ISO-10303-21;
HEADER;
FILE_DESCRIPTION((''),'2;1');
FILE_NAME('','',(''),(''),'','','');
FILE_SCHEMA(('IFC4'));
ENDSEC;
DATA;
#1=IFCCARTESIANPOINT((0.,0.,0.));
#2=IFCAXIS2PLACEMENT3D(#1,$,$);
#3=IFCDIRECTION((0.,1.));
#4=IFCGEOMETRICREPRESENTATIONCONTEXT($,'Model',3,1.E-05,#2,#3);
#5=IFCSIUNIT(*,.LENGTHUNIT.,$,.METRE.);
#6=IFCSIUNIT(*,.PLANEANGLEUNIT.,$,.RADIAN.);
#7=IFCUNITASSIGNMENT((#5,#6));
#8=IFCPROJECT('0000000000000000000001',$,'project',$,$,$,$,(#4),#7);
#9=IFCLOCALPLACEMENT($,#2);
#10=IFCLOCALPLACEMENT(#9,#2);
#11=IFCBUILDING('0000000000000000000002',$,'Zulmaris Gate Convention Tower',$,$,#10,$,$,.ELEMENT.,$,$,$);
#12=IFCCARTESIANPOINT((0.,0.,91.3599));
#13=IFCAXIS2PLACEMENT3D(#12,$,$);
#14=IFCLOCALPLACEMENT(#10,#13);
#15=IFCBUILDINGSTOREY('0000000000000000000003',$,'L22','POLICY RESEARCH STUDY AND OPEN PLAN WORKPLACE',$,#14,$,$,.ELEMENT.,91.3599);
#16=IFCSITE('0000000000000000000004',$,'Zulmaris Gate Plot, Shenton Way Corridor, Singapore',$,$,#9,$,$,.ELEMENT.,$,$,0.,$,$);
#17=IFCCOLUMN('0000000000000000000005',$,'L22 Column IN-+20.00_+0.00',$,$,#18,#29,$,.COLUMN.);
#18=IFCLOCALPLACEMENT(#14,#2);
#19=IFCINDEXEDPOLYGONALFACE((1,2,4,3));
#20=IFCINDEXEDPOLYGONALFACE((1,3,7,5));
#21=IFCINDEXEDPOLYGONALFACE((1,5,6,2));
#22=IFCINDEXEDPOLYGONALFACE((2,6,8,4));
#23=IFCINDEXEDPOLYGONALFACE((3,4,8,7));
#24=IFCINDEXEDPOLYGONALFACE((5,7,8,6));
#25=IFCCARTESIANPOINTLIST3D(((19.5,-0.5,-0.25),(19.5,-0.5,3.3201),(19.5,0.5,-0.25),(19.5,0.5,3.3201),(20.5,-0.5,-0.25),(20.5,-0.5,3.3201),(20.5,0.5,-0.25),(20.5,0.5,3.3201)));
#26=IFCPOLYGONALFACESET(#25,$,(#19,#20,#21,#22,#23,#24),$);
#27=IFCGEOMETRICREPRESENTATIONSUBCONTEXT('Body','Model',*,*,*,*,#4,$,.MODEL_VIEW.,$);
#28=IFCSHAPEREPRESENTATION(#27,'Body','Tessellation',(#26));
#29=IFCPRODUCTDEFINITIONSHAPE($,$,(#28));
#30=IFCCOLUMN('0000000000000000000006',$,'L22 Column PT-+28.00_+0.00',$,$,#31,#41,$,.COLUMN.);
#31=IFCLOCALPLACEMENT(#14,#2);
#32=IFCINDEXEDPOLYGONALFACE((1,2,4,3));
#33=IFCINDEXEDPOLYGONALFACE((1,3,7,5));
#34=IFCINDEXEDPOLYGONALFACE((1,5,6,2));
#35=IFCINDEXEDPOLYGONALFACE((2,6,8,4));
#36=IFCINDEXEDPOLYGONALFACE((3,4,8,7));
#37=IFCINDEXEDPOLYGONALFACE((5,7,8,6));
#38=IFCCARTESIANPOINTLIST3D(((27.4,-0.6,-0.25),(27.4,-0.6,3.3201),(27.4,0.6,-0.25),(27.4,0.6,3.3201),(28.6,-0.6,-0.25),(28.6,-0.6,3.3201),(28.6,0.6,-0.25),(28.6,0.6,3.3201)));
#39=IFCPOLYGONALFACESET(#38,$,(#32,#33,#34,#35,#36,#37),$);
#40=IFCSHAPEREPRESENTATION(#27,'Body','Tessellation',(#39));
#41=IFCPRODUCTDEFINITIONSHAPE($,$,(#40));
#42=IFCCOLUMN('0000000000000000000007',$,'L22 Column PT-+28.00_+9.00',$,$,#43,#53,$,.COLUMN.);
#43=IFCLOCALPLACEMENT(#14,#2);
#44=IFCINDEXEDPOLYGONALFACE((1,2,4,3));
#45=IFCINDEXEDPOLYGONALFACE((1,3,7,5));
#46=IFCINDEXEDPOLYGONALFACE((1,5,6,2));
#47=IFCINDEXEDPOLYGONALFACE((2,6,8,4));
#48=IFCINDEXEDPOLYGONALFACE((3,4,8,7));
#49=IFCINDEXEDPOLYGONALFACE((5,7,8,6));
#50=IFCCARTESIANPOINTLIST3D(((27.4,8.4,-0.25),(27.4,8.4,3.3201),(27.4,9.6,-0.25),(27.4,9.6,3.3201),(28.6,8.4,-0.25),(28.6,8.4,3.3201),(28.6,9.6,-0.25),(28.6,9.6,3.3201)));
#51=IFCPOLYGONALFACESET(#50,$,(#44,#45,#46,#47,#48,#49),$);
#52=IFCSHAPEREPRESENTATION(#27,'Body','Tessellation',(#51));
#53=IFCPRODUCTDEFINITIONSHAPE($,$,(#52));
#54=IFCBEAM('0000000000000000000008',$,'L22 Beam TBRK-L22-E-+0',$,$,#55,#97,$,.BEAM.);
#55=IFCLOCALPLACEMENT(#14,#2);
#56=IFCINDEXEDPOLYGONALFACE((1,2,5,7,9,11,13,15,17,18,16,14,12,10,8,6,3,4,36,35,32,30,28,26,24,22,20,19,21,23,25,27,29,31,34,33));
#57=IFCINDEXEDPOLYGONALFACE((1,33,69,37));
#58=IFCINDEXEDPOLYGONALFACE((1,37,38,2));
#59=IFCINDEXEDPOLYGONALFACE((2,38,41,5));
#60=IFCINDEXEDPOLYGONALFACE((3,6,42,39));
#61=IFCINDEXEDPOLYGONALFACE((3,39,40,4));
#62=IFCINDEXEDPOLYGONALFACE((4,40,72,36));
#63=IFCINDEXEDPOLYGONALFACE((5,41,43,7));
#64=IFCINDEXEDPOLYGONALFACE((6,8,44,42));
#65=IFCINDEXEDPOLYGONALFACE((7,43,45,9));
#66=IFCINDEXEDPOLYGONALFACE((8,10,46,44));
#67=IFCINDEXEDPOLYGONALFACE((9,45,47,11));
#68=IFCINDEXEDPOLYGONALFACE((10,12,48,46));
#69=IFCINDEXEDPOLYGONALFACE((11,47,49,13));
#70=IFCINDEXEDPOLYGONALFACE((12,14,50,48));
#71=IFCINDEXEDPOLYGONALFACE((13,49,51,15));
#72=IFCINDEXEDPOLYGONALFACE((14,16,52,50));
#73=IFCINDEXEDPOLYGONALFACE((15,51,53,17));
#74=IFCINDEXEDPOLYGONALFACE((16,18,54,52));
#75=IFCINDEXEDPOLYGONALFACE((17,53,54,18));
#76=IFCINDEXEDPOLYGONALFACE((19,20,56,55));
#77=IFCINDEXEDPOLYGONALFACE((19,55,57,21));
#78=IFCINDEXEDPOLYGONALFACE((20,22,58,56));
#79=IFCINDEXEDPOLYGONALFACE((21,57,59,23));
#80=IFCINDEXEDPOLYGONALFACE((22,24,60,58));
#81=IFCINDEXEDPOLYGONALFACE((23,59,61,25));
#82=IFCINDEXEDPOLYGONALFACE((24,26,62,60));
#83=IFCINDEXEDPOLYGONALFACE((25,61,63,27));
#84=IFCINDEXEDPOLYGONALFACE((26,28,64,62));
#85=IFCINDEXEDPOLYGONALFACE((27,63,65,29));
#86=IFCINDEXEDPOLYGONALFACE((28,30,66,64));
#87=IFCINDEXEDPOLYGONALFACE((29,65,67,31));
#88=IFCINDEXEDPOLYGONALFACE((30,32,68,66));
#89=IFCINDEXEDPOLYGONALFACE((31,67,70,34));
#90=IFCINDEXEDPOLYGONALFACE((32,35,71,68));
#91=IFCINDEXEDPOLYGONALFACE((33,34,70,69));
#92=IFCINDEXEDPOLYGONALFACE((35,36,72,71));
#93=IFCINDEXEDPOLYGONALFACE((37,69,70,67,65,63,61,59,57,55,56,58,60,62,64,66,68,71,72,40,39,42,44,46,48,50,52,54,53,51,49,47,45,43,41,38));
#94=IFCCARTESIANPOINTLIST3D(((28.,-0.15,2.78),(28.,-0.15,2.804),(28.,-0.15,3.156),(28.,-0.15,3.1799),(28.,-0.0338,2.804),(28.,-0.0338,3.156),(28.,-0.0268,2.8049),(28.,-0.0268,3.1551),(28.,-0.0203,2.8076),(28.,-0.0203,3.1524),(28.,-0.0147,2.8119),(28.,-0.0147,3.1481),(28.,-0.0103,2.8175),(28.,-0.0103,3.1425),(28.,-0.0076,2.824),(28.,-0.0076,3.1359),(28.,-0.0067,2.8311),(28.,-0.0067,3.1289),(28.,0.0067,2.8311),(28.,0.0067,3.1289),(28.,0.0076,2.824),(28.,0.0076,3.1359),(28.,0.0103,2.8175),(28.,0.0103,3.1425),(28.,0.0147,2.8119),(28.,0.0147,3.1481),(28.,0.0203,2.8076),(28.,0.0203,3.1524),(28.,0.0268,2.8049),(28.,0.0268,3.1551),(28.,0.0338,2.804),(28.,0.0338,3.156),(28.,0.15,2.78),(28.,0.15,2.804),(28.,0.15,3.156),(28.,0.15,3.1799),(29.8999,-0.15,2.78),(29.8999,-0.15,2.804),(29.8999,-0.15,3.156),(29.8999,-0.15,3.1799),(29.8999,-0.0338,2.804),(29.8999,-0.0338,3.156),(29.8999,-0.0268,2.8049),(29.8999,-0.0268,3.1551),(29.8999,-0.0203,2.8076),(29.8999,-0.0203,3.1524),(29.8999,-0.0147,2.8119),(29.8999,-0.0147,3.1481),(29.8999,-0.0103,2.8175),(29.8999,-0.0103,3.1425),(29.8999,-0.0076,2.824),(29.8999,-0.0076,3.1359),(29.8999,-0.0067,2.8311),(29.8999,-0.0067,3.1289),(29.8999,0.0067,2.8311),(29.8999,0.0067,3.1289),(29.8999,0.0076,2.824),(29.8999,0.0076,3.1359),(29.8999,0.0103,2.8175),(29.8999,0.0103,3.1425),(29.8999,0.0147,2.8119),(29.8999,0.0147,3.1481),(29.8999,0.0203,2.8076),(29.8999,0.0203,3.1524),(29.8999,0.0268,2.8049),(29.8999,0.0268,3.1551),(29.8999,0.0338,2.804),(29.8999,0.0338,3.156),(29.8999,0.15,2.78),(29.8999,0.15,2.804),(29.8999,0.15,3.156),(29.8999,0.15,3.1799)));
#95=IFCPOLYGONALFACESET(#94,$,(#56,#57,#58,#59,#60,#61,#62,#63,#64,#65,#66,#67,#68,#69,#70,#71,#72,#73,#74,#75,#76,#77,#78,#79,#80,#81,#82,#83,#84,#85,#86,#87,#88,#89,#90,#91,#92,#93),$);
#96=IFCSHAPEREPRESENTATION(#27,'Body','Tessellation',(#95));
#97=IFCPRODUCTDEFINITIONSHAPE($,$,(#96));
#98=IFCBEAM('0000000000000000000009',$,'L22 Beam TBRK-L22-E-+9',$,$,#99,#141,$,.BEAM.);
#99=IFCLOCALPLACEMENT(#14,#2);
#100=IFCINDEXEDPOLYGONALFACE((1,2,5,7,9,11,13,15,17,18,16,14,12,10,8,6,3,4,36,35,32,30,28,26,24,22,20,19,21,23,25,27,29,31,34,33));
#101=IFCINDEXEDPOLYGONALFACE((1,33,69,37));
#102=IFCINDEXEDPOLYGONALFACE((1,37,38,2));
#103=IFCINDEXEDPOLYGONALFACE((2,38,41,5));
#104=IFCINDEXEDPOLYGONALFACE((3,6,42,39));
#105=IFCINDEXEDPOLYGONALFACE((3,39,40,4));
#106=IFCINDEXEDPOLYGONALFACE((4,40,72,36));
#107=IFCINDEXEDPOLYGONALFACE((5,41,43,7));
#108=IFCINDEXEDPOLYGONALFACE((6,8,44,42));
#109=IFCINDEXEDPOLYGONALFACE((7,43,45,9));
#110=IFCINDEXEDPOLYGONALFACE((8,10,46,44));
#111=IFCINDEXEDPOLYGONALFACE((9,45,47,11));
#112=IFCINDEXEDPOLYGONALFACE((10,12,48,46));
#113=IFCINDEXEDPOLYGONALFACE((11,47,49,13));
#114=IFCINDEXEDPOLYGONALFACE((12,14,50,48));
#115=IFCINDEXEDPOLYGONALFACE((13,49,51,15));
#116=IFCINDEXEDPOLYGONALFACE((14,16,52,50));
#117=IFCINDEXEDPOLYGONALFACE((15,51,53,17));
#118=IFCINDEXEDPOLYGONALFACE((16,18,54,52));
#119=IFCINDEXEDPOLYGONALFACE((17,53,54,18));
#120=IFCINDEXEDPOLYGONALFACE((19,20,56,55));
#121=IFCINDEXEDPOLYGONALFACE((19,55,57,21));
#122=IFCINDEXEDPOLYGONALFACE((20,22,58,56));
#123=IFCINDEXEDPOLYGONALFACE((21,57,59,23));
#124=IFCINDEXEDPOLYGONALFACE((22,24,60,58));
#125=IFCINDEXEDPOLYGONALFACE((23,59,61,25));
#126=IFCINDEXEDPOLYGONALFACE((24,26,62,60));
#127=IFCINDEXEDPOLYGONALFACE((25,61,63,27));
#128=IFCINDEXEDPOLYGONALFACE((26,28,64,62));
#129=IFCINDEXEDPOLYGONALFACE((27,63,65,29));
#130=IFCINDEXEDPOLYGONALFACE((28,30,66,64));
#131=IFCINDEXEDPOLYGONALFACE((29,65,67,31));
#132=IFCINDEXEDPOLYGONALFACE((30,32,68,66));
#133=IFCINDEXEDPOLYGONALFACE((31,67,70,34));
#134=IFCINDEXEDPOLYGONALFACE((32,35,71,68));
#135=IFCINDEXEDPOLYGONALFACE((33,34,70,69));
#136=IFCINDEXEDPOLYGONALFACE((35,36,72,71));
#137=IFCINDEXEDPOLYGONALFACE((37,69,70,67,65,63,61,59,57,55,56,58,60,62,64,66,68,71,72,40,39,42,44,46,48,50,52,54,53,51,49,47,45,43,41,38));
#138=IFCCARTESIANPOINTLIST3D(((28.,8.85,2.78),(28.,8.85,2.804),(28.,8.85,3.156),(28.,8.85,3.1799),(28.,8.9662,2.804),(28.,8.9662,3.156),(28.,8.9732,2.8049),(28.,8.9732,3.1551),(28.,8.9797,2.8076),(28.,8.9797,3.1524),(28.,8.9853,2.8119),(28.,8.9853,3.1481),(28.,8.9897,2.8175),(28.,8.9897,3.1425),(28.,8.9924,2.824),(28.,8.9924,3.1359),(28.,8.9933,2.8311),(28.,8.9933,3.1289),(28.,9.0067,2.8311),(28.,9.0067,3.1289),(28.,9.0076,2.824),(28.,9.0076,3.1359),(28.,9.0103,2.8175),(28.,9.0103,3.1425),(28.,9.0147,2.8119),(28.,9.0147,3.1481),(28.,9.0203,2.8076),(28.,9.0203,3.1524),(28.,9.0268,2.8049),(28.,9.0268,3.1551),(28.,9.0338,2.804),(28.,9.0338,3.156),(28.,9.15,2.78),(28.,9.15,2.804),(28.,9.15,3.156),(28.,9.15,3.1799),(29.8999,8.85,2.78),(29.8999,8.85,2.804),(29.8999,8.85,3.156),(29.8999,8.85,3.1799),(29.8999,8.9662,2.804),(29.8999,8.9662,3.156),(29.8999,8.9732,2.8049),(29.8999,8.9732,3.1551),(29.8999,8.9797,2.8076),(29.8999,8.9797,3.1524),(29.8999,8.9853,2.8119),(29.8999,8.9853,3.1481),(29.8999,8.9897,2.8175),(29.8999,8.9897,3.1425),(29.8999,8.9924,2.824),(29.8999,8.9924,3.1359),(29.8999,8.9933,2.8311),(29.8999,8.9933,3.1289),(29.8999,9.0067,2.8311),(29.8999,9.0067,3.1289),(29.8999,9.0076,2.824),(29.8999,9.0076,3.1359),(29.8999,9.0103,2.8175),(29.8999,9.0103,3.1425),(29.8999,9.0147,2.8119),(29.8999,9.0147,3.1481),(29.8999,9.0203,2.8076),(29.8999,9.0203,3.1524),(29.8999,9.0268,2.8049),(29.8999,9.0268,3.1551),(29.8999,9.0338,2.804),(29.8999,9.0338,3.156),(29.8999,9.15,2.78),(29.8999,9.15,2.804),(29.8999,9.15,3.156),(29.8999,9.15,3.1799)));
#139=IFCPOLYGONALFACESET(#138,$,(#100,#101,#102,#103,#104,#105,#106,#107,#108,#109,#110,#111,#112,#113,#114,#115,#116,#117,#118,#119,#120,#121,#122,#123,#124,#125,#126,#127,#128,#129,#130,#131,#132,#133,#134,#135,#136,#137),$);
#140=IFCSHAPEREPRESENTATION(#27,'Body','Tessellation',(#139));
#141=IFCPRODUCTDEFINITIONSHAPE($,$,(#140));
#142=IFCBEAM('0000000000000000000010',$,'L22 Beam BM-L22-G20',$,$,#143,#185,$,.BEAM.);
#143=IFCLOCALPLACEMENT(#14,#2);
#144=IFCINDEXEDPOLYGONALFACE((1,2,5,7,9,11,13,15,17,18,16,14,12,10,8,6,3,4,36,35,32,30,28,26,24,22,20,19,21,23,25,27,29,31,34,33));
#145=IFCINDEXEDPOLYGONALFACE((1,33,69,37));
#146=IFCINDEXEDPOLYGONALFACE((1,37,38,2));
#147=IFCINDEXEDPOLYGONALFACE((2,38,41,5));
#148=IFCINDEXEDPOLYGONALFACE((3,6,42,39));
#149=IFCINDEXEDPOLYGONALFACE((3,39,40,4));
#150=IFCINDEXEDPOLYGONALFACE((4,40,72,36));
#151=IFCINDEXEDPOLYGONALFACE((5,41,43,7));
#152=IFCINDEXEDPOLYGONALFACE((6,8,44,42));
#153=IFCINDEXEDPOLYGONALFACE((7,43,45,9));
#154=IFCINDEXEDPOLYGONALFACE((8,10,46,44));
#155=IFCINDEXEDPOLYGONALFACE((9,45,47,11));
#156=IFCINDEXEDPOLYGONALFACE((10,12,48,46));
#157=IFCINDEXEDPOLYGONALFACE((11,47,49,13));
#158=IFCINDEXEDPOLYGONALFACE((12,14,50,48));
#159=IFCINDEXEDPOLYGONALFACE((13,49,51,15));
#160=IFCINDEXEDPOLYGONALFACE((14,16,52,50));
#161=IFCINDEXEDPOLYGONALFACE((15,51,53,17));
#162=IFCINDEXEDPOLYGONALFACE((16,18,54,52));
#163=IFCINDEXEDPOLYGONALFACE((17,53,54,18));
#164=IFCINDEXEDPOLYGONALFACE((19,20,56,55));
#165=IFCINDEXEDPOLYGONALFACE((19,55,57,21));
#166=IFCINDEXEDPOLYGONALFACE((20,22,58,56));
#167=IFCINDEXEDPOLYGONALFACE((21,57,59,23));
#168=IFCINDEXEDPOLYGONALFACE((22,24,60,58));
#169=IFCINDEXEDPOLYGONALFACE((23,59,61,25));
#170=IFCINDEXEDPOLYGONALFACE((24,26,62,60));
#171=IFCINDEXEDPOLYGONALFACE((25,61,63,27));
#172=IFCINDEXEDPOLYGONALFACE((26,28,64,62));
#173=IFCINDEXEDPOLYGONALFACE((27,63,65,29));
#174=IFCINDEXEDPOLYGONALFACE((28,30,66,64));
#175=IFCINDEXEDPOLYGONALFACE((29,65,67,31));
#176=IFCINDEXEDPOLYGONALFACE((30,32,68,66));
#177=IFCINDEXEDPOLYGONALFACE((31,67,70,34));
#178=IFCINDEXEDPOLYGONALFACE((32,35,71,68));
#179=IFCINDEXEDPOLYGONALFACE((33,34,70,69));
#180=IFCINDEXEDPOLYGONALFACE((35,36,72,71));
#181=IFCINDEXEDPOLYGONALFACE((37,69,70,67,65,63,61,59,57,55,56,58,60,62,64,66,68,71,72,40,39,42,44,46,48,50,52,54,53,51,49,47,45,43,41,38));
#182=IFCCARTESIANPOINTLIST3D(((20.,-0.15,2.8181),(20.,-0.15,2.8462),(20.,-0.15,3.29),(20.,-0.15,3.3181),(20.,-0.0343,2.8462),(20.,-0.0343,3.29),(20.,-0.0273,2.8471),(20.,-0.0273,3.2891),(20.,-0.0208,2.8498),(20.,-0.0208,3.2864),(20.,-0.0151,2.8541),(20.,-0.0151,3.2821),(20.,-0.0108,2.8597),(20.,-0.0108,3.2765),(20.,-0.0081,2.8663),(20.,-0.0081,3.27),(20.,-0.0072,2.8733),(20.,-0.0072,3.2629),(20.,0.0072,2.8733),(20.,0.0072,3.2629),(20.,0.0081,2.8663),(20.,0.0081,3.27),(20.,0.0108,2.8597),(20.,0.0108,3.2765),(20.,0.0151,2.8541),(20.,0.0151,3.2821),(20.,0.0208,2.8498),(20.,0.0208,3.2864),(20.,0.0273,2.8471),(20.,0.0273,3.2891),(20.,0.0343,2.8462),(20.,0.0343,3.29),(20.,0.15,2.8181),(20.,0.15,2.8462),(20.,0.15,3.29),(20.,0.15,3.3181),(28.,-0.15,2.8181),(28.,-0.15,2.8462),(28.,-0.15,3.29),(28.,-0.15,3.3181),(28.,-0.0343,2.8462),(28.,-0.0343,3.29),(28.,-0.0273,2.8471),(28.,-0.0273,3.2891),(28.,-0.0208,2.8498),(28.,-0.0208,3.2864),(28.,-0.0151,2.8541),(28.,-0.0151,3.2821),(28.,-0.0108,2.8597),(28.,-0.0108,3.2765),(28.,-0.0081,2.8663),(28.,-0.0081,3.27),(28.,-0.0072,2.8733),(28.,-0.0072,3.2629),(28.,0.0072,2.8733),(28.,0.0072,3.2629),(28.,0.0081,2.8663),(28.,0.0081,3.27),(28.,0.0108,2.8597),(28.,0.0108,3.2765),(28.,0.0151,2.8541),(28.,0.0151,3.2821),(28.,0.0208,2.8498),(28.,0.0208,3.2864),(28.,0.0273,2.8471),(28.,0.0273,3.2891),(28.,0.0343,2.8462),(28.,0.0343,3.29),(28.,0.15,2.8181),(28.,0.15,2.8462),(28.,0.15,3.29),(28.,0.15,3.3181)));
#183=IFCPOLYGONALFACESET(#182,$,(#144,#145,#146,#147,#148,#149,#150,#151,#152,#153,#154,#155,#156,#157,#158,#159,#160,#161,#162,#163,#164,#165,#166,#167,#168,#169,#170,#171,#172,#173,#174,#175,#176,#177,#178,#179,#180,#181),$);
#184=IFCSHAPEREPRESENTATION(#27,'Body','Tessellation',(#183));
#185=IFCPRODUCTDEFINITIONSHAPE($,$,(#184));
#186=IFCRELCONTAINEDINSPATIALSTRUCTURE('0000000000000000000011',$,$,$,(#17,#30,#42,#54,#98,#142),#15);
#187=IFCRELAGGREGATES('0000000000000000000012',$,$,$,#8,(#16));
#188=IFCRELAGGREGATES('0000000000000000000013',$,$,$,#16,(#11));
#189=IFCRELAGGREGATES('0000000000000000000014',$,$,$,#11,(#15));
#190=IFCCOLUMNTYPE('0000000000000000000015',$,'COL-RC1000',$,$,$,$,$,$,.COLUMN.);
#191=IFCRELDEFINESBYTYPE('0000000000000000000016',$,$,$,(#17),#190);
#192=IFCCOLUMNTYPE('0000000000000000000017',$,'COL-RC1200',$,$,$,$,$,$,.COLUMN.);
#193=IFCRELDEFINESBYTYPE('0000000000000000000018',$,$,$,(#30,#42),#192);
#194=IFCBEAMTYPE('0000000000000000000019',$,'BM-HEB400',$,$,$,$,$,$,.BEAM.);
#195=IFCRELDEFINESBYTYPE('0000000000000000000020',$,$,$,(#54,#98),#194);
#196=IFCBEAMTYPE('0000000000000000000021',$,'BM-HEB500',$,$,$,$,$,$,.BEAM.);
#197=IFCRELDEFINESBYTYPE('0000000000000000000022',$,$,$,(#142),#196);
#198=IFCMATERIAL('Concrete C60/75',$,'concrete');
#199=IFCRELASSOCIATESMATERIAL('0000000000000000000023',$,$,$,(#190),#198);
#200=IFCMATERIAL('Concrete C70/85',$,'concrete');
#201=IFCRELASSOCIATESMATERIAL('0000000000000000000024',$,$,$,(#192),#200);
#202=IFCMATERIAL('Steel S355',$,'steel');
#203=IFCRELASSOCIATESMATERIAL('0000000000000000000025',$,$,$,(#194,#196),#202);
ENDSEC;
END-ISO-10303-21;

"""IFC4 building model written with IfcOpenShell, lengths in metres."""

from ifc_helpers import new_model, si_unit, direction, frame, origin, origin_2d, place, context, subcontext, project, spatial, rectangle, i_section, extrude, material, material_profile, profile_set, type_object, element, save


model = new_model("IFC4")

# Units and contexts
model_context = context("Model", 3, precision=1e-05, world=origin(), true_north=direction((0.0, 1.0)))
body_context = subcontext(model_context, "Body", "Model", "MODEL_VIEW")
ifc_project = project(units=[si_unit("LENGTHUNIT", "METRE"), si_unit("PLANEANGLEUNIT", "RADIAN")], contexts=[model_context])

# Site, building, storey
site_placement = place(None, origin())
site = spatial("IfcSite", under=ifc_project, at=site_placement, Name="Zulmaris Gate Plot, Shenton Way Corridor, Singapore", CompositionType="ELEMENT", RefElevation=0.0)
building_placement = place(site_placement, origin())
building = spatial("IfcBuilding", under=site, at=building_placement, Name="Zulmaris Gate Convention Tower", CompositionType="ELEMENT")
storey_placement = place(building_placement, frame((0.0, 0.0, 91.3599)))
storey = spatial("IfcBuildingStorey", under=building, at=storey_placement, Name="L22", Description="POLICY RESEARCH STUDY AND OPEN PLAN WORKPLACE", CompositionType="ELEMENT", Elevation=91.3599)

# Columns
ifc_material_1 = material(Name="Concrete C60/75", Category="concrete")
ifc_material_profile_1 = material_profile(ifc_material_1, rectangle(XDim=1.0, YDim=1.0, at=origin_2d()), Name="RC COL 1000x1000")
ifc_profile_set_1 = profile_set([ifc_material_profile_1], Name="Concrete C60/75")
column_type_1 = type_object("IfcColumnType", Name="COL-RC1000", PredefinedType="COLUMN", material=ifc_profile_set_1)
column_placement = place(storey_placement, frame((20.0, 0.0, -0.25), z_axis=(0.0, 0.0, 1.0), x_axis=(1.0, 0.0, 0.0)))
element("IfcColumn", 1, at=column_placement, inside=storey, type_object=column_type_1, Name="L22 Column IN-+20.00_+0.00", PredefinedType="COLUMN", context=body_context, shape_type="SweptSolid", body=[
    extrude(rectangle(XDim=1.0, YDim=1.0, at=origin_2d()), origin(), (0.0, 0.0, 1.0), 3.5701),
])
ifc_material_2 = material(Name="Concrete C70/85", Category="concrete")
ifc_material_profile_2 = material_profile(ifc_material_2, rectangle(XDim=1.2, YDim=1.2, at=origin_2d()), Name="RC COL 1200x1200")
ifc_profile_set_2 = profile_set([ifc_material_profile_2], Name="Concrete C70/85")
column_type_2 = type_object("IfcColumnType", Name="COL-RC1200", PredefinedType="COLUMN", material=ifc_profile_set_2)
for number, where, z_axis, x_axis, name in (
    (2, (28.0, 0.0, -0.25), (0.0, 0.0, 1.0), (1.0, 0.0, 0.0), "L22 Column PT-+28.00_+0.00"),
    (3, (28.0, 9.0, -0.25), (0.0, 0.0, 1.0), (1.0, 0.0, 0.0), "L22 Column PT-+28.00_+9.00"),
):
    element("IfcColumn", number, at=place(storey_placement, frame(where, z_axis=z_axis, x_axis=x_axis)), inside=storey, type_object=column_type_2, Name=name, PredefinedType="COLUMN", context=body_context, shape_type="SweptSolid", body=[
        extrude(rectangle(XDim=1.2, YDim=1.2, at=origin_2d()), origin(), (0.0, 0.0, 1.0), 3.5701),
    ])

# Beams
ifc_material_3 = material(Name="Steel S355", Category="steel")
ifc_material_profile_3 = material_profile(ifc_material_3, i_section(OverallWidth=0.3, OverallDepth=0.3999, WebThickness=0.0134, FlangeThickness=0.0239, FilletRadius=0.0271, at=origin_2d()), Name="HEB 400")
ifc_profile_set_3 = profile_set([ifc_material_profile_3], Name="Steel S355")
beam_type_1 = type_object("IfcBeamType", Name="BM-HEB400", PredefinedType="BEAM", material=ifc_profile_set_3)
for number, where, z_axis, x_axis, name in (
    (4, (28.0, 0.0, 2.98), (1.0, 0.0, 0.0), (0.0, 1.0, 0.0), "L22 Beam TBRK-L22-E-+0"),
    (5, (28.0, 9.0, 2.98), (1.0, 0.0, 0.0), (0.0, 1.0, 0.0), "L22 Beam TBRK-L22-E-+9"),
):
    element("IfcBeam", number, at=place(storey_placement, frame(where, z_axis=z_axis, x_axis=x_axis)), inside=storey, type_object=beam_type_1, Name=name, PredefinedType="BEAM", context=body_context, shape_type="SweptSolid", body=[
        extrude(i_section(OverallWidth=0.3, OverallDepth=0.3999, WebThickness=0.0134, FlangeThickness=0.0239, FilletRadius=0.0271, at=origin_2d()), origin(), (0.0, 0.0, 1.0), 1.8999),
    ])
ifc_material_profile_4 = material_profile(ifc_material_3, i_section(OverallWidth=0.3, OverallDepth=0.5, WebThickness=0.0144, FlangeThickness=0.0281, FilletRadius=0.0271, at=origin_2d()), Name="HEB 500")
ifc_profile_set_4 = profile_set([ifc_material_profile_4], Name="Steel S355")
beam_type_2 = type_object("IfcBeamType", Name="BM-HEB500", PredefinedType="BEAM", material=ifc_profile_set_4)
for number, where, z_axis, x_axis, name in (
    (6, (20.0, 0.0, 3.0681), (1.0, 0.0, 0.0), (0.0, 1.0, 0.0), "L22 Beam BM-L22-G20"),
):
    element("IfcBeam", number, at=place(storey_placement, frame(where, z_axis=z_axis, x_axis=x_axis)), inside=storey, type_object=beam_type_2, Name=name, PredefinedType="BEAM", context=body_context, shape_type="SweptSolid", body=[
        extrude(i_section(OverallWidth=0.3, OverallDepth=0.5, WebThickness=0.0144, FlangeThickness=0.0281, FilletRadius=0.0271, at=origin_2d()), origin(), (0.0, 0.0, 1.0), 8.0),
    ])

save(model, "model.ifc")
